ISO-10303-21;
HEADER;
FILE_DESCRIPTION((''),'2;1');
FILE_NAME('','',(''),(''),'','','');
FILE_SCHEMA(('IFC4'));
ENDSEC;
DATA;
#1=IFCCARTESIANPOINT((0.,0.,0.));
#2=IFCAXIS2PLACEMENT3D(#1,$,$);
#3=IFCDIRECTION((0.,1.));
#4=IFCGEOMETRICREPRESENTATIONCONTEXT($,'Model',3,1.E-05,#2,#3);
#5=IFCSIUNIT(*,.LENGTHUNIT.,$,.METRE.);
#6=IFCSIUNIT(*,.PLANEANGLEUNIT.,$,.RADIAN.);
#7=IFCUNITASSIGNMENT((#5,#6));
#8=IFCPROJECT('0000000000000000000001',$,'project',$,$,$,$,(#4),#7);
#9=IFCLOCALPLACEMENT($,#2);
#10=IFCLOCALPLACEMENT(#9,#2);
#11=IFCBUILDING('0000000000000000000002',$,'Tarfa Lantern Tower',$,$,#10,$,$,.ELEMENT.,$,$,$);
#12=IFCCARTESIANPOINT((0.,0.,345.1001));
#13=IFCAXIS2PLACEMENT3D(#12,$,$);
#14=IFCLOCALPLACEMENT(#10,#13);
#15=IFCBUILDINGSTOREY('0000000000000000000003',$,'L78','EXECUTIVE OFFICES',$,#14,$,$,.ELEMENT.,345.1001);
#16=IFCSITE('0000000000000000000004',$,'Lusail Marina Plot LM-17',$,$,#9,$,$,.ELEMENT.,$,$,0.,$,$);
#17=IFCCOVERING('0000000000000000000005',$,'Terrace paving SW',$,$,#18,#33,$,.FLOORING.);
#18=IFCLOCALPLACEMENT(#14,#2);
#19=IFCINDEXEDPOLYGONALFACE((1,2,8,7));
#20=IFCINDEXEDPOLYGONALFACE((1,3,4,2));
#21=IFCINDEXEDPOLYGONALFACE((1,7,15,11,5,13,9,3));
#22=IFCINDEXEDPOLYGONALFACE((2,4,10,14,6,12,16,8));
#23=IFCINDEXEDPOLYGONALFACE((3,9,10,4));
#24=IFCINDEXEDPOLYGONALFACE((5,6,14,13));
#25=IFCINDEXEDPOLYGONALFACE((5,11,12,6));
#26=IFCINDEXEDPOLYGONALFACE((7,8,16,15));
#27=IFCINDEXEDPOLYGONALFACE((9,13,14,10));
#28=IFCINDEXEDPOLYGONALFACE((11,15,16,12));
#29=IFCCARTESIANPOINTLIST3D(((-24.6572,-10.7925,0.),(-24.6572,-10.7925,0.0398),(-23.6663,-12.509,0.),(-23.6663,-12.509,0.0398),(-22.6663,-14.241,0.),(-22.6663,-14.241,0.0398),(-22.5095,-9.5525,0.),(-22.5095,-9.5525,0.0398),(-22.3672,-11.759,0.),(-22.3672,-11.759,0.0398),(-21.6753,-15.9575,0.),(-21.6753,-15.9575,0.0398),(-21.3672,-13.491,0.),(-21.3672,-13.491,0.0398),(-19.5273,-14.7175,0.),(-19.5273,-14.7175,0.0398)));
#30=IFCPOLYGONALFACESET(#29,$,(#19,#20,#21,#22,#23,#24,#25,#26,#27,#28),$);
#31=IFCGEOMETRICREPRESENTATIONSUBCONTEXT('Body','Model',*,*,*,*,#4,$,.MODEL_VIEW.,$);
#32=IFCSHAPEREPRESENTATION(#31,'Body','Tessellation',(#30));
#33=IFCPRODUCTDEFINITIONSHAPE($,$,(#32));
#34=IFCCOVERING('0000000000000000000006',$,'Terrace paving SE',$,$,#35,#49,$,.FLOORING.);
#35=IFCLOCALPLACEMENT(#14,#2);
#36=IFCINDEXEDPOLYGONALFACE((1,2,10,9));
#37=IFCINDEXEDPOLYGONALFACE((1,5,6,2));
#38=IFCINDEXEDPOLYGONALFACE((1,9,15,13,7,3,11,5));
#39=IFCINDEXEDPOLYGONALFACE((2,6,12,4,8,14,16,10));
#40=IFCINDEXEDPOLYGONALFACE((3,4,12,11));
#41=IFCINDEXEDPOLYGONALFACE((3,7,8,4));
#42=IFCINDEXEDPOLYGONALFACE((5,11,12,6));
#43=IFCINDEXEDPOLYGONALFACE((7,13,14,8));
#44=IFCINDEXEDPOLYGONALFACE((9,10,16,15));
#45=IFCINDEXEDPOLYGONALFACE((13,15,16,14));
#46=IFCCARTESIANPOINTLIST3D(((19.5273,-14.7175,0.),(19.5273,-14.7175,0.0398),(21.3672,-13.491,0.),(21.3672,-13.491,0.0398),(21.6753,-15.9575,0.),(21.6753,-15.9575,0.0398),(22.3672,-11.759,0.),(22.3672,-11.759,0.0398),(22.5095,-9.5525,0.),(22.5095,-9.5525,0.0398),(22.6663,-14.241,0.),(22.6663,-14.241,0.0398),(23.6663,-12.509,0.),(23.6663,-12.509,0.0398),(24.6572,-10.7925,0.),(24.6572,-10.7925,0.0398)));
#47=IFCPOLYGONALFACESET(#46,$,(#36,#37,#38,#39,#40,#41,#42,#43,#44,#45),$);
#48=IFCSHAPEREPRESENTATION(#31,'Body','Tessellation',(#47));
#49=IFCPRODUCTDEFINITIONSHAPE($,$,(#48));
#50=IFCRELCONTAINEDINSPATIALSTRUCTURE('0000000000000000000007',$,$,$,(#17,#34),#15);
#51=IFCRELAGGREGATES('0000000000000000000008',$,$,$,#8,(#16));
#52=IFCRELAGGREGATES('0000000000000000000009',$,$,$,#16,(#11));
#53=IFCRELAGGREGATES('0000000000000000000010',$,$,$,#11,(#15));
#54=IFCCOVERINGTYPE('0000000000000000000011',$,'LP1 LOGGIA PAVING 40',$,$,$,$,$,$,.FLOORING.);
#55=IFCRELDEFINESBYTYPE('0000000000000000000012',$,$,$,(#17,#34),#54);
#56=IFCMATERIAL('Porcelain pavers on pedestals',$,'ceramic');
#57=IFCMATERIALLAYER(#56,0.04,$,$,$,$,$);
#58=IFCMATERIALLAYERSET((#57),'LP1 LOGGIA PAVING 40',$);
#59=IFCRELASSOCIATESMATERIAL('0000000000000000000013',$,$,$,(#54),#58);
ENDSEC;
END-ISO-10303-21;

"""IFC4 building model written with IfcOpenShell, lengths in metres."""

from ifc_helpers import new_model, si_unit, direction, frame, origin, place, context, subcontext, project, spatial, polyline, outline, extrude, material, layer, layer_set, type_object, element, save


model = new_model("IFC4")

# Units and contexts
model_context = context("Model", 3, precision=1e-05, world=origin(), true_north=direction((0.0, 1.0)))
body_context = subcontext(model_context, "Body", "Model", "MODEL_VIEW")
ifc_project = project(units=[si_unit("LENGTHUNIT", "METRE"), si_unit("PLANEANGLEUNIT", "RADIAN")], contexts=[model_context])

# Site, building, storey
site_placement = place(None, origin())
site = spatial("IfcSite", under=ifc_project, at=site_placement, Name="Lusail Marina Plot LM-17", CompositionType="ELEMENT", RefElevation=0.0)
building_placement = place(site_placement, origin())
building = spatial("IfcBuilding", under=site, at=building_placement, Name="Tarfa Lantern Tower", CompositionType="ELEMENT")
storey_placement = place(building_placement, frame((0.0, 0.0, 345.1001)))
storey = spatial("IfcBuildingStorey", under=building, at=storey_placement, Name="L78", Description="EXECUTIVE OFFICES", CompositionType="ELEMENT", Elevation=345.1001)

# Coverings
ifc_material_1 = material(Name="Porcelain pavers on pedestals", Category="ceramic")
ifc_layer_1 = layer(ifc_material_1, 0.04)
ifc_layer_set_1 = layer_set([ifc_layer_1], Name="LP1 LOGGIA PAVING 40")
covering_type = type_object("IfcCoveringType", Name="LP1 LOGGIA PAVING 40", PredefinedType="FLOORING", material=ifc_layer_set_1)
covering_1_placement = place(storey_placement, origin())
element("IfcCovering", 1, at=covering_1_placement, inside=storey, type_object=covering_type, Name="Terrace paving SW", PredefinedType="FLOORING", context=body_context, shape_type="SweptSolid", body=[
    extrude(outline(polyline([(-24.6572, -10.7925), (-22.5095, -9.5525), (-19.5273, -14.7175), (-21.6753, -15.9575), (-22.6663, -14.241), (-21.3672, -13.491), (-22.3672, -11.759), (-23.6663, -12.509), (-24.6572, -10.7925)])), origin(), (0.0, 0.0, 1.0), 0.0398),
])
covering_2_placement = place(storey_placement, origin())
element("IfcCovering", 2, at=covering_2_placement, inside=storey, type_object=covering_type, Name="Terrace paving SE", PredefinedType="FLOORING", context=body_context, shape_type="SweptSolid", body=[
    extrude(outline(polyline([(21.6753, -15.9575), (19.5273, -14.7175), (22.5095, -9.5525), (24.6572, -10.7925), (23.6663, -12.509), (22.3672, -11.759), (21.3672, -13.491), (22.6663, -14.241), (21.6753, -15.9575)])), origin(), (0.0, 0.0, 1.0), 0.0398),
])

save(model, "model.ifc")
